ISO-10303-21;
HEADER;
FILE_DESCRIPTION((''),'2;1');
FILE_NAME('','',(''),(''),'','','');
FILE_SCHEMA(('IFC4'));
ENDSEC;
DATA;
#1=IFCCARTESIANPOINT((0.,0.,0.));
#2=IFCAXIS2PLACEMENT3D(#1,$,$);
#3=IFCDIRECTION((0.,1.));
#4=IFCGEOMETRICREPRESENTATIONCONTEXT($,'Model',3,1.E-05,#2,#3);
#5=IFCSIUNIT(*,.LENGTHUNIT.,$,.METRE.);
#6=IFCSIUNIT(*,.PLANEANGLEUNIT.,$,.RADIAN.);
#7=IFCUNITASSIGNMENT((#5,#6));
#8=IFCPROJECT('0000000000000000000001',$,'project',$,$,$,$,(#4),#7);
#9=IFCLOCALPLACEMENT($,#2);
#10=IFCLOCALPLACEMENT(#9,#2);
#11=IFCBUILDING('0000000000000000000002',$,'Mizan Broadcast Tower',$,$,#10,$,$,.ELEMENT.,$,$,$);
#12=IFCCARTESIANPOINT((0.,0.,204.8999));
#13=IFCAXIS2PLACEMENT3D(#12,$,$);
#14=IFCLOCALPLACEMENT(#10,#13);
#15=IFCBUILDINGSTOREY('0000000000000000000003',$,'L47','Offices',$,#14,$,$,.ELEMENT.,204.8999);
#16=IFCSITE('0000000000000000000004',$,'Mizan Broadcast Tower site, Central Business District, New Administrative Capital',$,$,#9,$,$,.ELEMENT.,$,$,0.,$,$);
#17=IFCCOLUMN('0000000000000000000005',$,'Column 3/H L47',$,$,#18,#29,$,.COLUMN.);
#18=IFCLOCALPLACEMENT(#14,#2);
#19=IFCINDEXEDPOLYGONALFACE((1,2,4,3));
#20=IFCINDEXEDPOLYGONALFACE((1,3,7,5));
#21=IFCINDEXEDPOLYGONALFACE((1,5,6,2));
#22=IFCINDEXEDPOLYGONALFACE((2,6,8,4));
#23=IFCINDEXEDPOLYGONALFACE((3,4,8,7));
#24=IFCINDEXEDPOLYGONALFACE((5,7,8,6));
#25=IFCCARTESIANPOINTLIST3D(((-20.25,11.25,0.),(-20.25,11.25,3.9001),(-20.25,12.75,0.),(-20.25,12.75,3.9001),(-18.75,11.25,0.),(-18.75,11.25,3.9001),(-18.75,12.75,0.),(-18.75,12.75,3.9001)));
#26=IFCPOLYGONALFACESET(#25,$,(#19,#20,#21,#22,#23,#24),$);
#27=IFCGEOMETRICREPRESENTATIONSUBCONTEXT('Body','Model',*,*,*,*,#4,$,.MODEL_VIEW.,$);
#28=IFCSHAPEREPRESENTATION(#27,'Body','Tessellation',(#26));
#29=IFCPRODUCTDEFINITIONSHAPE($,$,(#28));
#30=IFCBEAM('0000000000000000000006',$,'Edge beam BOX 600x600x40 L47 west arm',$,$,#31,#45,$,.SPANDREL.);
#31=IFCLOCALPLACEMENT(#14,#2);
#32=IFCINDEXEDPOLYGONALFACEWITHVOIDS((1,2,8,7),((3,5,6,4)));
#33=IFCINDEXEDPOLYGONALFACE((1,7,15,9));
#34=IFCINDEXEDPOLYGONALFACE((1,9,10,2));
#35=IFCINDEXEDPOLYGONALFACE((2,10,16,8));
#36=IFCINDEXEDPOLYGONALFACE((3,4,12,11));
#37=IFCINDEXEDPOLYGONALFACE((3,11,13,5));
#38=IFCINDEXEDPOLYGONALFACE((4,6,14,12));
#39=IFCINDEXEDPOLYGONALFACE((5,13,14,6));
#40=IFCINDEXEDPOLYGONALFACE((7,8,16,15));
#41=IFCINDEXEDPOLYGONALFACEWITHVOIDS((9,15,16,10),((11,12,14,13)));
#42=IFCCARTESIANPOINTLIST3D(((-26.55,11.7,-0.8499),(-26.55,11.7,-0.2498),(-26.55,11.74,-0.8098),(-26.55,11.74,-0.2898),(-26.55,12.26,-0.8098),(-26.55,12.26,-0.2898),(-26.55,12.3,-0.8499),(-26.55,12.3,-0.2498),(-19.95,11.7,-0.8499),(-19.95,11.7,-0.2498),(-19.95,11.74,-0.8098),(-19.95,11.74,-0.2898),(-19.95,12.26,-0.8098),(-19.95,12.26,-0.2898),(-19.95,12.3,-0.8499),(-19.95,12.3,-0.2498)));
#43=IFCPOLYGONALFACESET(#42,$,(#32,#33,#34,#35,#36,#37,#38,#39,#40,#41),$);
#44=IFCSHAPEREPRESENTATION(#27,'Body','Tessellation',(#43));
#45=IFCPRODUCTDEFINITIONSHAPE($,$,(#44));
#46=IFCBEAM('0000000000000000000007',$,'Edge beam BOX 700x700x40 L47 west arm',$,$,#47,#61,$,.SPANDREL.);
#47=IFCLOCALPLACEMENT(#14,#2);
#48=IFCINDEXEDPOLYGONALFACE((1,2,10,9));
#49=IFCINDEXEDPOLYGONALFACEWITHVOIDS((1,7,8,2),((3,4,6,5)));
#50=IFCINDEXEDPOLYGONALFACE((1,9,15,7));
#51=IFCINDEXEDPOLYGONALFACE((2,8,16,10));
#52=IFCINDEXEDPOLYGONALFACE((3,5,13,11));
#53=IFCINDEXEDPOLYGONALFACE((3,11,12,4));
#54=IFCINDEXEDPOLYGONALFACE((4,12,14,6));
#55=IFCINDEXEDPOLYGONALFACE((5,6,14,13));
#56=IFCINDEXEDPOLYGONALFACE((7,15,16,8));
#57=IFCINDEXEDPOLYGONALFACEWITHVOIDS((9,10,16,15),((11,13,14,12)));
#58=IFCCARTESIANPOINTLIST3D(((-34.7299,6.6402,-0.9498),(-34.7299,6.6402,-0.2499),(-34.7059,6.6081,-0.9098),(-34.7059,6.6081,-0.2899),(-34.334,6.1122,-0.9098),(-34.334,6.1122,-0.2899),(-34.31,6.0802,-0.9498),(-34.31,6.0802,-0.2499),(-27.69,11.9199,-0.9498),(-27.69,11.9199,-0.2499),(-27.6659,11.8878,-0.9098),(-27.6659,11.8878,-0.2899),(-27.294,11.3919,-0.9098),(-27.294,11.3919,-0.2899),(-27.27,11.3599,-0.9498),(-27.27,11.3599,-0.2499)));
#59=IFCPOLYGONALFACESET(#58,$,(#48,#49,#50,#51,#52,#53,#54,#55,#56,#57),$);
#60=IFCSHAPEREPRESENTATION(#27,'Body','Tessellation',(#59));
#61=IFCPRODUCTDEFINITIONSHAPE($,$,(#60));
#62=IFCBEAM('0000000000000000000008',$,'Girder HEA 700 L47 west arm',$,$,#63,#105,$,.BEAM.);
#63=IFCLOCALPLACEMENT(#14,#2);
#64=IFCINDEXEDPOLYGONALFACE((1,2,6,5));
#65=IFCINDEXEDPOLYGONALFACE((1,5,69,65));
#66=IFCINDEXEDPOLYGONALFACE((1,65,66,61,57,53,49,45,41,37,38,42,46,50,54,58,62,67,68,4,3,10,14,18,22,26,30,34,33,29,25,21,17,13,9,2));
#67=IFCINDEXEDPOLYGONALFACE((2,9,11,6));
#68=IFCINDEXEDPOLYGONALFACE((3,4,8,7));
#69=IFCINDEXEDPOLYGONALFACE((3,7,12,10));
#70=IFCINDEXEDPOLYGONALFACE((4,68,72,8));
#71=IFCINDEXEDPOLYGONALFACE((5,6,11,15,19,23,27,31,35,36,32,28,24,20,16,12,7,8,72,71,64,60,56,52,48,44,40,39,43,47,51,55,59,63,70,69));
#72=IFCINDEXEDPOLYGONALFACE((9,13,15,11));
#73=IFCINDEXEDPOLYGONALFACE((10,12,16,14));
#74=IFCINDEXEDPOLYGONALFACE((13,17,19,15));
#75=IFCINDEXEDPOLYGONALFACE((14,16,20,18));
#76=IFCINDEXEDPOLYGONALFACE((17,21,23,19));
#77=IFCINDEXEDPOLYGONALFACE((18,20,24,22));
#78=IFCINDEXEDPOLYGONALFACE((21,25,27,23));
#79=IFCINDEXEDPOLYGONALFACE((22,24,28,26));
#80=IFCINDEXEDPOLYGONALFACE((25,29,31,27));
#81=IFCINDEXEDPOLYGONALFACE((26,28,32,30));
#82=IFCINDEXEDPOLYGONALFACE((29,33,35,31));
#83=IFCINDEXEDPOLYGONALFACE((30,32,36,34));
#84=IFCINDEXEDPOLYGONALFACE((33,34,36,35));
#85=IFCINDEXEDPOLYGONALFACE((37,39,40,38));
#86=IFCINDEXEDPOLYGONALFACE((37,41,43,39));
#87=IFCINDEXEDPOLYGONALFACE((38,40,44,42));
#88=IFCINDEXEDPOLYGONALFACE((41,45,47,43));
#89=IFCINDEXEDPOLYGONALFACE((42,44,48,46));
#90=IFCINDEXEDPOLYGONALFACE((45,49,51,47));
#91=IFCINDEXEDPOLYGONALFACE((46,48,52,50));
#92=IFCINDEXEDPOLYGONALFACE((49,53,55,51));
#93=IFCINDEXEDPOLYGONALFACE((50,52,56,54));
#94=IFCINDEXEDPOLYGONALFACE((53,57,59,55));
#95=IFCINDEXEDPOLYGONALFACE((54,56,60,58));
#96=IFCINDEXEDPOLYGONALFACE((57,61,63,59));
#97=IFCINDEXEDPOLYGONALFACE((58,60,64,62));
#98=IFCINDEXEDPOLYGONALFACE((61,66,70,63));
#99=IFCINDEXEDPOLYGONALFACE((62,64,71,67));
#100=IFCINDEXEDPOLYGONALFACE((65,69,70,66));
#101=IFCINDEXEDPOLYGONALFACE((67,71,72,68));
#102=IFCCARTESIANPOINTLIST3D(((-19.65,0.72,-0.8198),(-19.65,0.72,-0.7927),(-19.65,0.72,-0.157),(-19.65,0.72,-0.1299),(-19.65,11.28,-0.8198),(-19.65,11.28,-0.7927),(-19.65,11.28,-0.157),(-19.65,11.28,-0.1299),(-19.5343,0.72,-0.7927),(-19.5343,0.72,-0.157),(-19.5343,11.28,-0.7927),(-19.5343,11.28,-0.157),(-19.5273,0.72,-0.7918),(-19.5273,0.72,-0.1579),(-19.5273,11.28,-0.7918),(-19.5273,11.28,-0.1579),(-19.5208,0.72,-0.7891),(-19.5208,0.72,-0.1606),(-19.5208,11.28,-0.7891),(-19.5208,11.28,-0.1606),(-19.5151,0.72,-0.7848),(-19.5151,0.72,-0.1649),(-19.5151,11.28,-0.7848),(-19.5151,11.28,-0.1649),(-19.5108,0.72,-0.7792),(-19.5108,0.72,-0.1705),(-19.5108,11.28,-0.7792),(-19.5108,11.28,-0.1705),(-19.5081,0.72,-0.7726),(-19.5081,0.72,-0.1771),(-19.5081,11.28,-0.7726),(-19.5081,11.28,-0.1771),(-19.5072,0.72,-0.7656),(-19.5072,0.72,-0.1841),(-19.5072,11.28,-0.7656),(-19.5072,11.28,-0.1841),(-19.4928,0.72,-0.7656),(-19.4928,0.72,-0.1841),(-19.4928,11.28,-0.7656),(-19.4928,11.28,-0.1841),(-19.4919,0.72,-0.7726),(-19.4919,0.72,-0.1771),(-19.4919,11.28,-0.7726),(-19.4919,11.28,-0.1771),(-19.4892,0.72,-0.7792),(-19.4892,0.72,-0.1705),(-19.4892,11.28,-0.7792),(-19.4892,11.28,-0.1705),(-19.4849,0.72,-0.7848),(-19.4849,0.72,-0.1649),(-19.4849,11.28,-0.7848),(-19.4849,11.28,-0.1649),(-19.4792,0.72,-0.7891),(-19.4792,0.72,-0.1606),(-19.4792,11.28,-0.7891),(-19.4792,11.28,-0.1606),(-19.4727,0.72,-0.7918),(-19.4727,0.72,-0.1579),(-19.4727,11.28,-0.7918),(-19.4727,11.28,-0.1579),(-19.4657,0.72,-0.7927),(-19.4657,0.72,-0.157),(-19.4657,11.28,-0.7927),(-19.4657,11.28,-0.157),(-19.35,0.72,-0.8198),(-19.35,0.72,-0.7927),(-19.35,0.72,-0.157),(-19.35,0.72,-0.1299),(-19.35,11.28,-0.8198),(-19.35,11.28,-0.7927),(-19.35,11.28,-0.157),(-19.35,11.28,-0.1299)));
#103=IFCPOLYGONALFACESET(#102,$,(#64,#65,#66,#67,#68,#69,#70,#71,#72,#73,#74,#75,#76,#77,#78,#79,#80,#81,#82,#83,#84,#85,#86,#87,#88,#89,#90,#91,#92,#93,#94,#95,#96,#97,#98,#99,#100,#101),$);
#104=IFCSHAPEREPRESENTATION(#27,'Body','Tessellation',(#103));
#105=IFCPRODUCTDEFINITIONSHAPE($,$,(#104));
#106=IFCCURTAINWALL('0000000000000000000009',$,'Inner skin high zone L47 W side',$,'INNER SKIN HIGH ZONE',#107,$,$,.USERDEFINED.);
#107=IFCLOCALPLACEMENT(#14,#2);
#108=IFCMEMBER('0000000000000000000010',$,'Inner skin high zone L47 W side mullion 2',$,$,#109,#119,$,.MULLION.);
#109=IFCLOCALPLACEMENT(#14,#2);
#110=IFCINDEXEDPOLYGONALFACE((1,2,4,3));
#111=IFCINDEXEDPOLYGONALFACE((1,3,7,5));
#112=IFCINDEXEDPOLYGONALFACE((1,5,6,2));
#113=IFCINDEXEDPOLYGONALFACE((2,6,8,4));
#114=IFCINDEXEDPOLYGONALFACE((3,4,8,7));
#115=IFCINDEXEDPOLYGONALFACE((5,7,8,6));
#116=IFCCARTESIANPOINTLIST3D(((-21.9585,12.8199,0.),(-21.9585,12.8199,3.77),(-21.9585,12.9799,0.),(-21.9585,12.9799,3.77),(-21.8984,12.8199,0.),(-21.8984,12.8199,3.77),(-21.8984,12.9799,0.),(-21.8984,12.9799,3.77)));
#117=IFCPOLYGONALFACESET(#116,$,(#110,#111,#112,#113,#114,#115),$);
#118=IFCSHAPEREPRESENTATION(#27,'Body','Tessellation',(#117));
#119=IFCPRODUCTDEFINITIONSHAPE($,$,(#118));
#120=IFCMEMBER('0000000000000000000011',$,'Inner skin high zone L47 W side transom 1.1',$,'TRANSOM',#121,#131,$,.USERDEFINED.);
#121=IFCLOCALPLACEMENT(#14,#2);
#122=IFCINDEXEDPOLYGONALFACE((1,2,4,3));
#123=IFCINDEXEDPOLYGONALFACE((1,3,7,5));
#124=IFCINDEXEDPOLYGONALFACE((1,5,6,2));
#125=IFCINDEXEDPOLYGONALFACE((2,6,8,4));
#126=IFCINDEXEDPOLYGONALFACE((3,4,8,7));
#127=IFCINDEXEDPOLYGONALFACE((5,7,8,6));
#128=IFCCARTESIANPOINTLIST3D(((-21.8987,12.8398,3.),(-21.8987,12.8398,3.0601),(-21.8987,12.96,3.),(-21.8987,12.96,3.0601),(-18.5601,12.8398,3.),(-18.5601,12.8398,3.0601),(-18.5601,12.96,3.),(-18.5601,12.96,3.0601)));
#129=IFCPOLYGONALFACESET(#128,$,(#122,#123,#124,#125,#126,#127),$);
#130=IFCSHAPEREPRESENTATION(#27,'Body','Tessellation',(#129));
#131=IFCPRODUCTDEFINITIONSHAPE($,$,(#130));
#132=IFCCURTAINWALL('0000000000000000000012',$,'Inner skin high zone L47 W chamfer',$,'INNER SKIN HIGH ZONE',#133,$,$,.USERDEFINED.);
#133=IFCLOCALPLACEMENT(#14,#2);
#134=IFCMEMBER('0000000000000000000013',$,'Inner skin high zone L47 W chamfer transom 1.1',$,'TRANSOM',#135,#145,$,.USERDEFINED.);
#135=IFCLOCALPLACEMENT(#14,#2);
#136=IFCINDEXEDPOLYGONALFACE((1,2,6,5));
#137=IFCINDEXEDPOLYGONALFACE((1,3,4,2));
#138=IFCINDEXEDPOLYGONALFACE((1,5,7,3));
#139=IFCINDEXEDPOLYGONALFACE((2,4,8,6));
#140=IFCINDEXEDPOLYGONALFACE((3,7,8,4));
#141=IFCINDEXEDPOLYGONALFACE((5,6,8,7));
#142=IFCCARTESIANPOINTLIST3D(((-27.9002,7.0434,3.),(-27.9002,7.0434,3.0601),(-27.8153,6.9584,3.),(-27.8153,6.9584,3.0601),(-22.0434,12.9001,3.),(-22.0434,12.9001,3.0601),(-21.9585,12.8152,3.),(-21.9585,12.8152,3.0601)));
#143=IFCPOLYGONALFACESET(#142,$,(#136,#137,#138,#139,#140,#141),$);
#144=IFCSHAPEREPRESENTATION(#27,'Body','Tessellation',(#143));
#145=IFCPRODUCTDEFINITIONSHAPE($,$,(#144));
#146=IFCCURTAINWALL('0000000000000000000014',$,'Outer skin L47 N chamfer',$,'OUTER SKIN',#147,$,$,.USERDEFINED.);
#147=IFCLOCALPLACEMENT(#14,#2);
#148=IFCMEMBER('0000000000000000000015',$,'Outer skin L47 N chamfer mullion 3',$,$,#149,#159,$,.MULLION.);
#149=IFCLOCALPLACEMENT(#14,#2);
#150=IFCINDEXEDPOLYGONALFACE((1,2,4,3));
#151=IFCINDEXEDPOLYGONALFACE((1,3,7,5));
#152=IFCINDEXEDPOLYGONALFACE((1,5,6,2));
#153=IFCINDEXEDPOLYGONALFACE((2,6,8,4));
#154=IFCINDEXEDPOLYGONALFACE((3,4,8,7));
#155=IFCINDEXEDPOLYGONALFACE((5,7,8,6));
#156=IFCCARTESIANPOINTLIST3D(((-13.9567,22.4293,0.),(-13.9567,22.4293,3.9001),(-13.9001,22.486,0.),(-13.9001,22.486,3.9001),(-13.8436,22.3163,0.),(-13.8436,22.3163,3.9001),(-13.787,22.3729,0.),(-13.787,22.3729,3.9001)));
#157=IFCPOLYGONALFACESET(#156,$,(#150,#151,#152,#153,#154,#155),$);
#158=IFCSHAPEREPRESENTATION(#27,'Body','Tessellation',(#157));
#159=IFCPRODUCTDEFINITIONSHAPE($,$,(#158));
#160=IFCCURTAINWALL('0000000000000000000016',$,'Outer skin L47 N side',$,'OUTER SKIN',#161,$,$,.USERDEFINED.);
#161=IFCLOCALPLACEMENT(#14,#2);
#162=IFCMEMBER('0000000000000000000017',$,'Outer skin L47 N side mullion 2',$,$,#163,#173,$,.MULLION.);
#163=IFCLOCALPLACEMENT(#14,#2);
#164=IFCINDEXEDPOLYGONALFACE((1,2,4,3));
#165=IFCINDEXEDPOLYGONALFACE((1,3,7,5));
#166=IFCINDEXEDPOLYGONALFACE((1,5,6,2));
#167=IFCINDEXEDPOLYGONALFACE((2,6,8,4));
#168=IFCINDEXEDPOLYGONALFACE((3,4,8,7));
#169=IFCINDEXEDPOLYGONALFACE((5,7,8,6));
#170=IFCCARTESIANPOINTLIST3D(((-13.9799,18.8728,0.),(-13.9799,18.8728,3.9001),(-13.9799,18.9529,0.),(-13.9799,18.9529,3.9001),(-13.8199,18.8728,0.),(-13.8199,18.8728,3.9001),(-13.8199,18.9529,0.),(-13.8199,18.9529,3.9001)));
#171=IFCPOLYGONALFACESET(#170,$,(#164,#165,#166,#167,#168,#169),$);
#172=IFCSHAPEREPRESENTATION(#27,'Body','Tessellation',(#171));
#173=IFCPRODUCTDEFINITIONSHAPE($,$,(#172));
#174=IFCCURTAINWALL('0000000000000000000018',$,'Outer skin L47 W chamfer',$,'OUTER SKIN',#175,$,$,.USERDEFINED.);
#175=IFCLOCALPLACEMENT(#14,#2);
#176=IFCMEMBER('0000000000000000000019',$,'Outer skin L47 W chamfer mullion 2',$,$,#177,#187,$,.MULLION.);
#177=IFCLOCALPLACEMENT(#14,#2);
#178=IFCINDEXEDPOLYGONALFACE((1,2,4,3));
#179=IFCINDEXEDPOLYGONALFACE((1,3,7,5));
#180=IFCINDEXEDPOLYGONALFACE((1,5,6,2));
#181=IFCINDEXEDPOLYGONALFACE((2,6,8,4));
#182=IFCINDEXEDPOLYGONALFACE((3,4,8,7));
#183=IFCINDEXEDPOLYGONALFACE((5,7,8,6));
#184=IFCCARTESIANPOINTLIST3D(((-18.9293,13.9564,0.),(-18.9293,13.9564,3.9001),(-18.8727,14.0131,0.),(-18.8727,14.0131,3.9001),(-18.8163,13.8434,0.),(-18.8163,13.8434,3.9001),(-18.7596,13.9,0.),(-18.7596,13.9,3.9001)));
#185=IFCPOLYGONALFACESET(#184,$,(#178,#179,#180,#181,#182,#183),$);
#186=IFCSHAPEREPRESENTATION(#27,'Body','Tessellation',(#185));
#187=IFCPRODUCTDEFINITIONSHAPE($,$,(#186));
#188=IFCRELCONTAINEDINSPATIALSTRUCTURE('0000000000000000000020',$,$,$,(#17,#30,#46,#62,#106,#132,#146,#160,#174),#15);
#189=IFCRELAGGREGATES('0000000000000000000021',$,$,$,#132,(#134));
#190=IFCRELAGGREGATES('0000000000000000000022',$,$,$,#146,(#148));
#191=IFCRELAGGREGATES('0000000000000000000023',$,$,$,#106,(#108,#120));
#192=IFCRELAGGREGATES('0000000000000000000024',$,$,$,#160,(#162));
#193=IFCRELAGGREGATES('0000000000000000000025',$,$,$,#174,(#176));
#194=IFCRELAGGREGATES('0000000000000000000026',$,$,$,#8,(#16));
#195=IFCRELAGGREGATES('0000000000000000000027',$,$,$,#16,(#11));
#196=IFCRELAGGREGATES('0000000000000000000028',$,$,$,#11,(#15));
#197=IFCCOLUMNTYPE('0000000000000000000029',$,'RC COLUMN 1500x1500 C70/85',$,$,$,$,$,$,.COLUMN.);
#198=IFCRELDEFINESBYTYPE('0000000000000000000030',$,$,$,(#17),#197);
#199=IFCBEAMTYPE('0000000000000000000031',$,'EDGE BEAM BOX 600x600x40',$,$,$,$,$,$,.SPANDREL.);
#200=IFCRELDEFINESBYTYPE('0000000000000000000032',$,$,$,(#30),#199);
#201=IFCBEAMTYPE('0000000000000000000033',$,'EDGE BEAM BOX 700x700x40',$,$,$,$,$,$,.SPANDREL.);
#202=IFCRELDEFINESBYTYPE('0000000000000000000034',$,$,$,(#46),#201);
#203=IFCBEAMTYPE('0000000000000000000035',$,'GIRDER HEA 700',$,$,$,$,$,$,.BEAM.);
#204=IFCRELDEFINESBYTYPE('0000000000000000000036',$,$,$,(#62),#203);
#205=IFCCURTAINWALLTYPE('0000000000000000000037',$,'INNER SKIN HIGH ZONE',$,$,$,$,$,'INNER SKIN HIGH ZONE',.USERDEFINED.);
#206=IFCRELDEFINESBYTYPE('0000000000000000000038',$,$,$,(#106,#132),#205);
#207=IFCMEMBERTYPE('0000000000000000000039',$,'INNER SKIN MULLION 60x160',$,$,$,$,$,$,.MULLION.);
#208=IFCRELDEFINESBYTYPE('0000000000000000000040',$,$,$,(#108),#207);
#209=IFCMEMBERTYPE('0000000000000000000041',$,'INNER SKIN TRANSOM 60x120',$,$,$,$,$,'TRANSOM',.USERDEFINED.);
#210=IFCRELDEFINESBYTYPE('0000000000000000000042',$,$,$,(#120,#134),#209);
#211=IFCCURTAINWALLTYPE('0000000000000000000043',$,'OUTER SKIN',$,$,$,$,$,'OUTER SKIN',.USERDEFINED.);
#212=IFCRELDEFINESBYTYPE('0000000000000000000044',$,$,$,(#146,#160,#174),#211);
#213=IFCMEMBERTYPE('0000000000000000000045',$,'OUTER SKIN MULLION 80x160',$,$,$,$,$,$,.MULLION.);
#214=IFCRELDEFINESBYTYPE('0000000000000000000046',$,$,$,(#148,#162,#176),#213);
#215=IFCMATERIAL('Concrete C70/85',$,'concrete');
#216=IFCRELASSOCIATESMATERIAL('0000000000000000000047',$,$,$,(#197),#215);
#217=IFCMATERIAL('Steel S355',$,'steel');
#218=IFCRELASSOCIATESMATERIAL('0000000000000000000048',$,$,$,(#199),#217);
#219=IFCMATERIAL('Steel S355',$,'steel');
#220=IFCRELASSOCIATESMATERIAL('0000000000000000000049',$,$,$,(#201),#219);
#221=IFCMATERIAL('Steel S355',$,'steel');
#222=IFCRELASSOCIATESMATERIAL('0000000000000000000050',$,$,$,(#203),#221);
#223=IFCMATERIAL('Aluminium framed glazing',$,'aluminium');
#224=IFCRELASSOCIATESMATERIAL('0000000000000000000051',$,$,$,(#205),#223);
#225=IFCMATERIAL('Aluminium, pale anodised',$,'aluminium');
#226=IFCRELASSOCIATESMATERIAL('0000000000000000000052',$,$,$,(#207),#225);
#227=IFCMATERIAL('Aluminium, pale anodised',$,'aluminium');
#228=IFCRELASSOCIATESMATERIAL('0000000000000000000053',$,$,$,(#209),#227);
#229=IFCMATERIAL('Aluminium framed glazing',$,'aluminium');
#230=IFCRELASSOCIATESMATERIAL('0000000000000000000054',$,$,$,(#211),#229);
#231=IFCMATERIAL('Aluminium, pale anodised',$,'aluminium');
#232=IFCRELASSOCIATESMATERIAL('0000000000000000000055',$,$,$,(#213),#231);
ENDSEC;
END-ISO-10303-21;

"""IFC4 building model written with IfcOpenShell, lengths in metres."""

from ifc_helpers import new_model, si_unit, direction, frame, origin, origin_2d, place, context, subcontext, project, spatial, rectangle, hollow_rectangle, i_section, extrude, material, material_profile, profile_set, type_object, element, aggregate, save


model = new_model("IFC4")

# Units and contexts
model_context = context("Model", 3, precision=1e-05, world=origin(), true_north=direction((0.0, 1.0)))
body_context = subcontext(model_context, "Body", "Model", "MODEL_VIEW")
ifc_project = project(units=[si_unit("LENGTHUNIT", "METRE"), si_unit("PLANEANGLEUNIT", "RADIAN")], contexts=[model_context])

# Site, building, storey
site_placement = place(None, origin())
site = spatial("IfcSite", under=ifc_project, at=site_placement, Name="Mizan Broadcast Tower site, Central Business District, New Administrative Capital", CompositionType="ELEMENT", RefElevation=0.0)
building_placement = place(site_placement, origin())
building = spatial("IfcBuilding", under=site, at=building_placement, Name="Mizan Broadcast Tower", CompositionType="ELEMENT")
storey_placement = place(building_placement, frame((0.0, 0.0, 204.8999)))
storey = spatial("IfcBuildingStorey", under=building, at=storey_placement, Name="L47", Description="Offices", CompositionType="ELEMENT", Elevation=204.8999)

# Column
ifc_material_1 = material(Name="Concrete C70/85", Category="concrete")
ifc_material_profile_1 = material_profile(ifc_material_1, rectangle(XDim=1.5, YDim=1.5, at=origin_2d()), Name="RC 1500x1500")
ifc_profile_set_1 = profile_set([ifc_material_profile_1], Name="Concrete C70/85")
column_type = type_object("IfcColumnType", Name="RC COLUMN 1500x1500 C70/85", PredefinedType="COLUMN", material=ifc_profile_set_1)
column_placement = place(storey_placement, frame((-19.5, 12.0, 0.0), z_axis=(0.0, 0.0, 1.0), x_axis=(1.0, 0.0, 0.0)))
element("IfcColumn", 1, at=column_placement, inside=storey, type_object=column_type, Name="Column 3/H L47", PredefinedType="COLUMN", context=body_context, shape_type="SweptSolid", body=[
    extrude(rectangle(XDim=1.5, YDim=1.5, at=origin_2d()), origin(), (0.0, 0.0, 1.0), 3.9001),
])

# Beams
ifc_material_2 = material(Name="Steel S355", Category="steel")
ifc_material_profile_2 = material_profile(ifc_material_2, hollow_rectangle(XDim=0.6001, YDim=0.6001, WallThickness=0.04, at=origin_2d()), Name="BOX 600x600x40")
ifc_profile_set_2 = profile_set([ifc_material_profile_2], Name="Steel S355")
beam_type_1 = type_object("IfcBeamType", Name="EDGE BEAM BOX 600x600x40", PredefinedType="SPANDREL", material=ifc_profile_set_2)
beam_1_placement = place(storey_placement, frame((-19.95, 12.0, -0.5498), z_axis=(-1.0, 0.0, 0.0), x_axis=(0.0, -1.0, 0.0)))
element("IfcBeam", 2, at=beam_1_placement, inside=storey, type_object=beam_type_1, Name="Edge beam BOX 600x600x40 L47 west arm", PredefinedType="SPANDREL", context=body_context, shape_type="SweptSolid", body=[
    extrude(hollow_rectangle(XDim=0.6001, YDim=0.6001, WallThickness=0.04, at=origin_2d()), origin(), (0.0, 0.0, 1.0), 6.6001),
])
ifc_material_3 = material(Name="Steel S355", Category="steel")
ifc_material_profile_3 = material_profile(ifc_material_3, hollow_rectangle(XDim=0.7, YDim=0.7, WallThickness=0.04, at=origin_2d()), Name="BOX 700x700x40")
ifc_profile_set_3 = profile_set([ifc_material_profile_3], Name="Steel S355")
beam_type_2 = type_object("IfcBeamType", Name="EDGE BEAM BOX 700x700x40", PredefinedType="SPANDREL", material=ifc_profile_set_3)
beam_2_placement = place(storey_placement, frame((-27.48, 11.6399, -0.5999), z_axis=(-0.800013, -0.599982, 0.0), x_axis=(0.599982, -0.800013, 0.0)))
element("IfcBeam", 3, at=beam_2_placement, inside=storey, type_object=beam_type_2, Name="Edge beam BOX 700x700x40 L47 west arm", PredefinedType="SPANDREL", context=body_context, shape_type="SweptSolid", body=[
    extrude(hollow_rectangle(XDim=0.7, YDim=0.7, WallThickness=0.04, at=origin_2d()), origin(), (0.0, 0.0, 1.0), 8.7998),
])
ifc_material_4 = material(Name="Steel S355", Category="steel")
ifc_material_profile_4 = material_profile(ifc_material_4, i_section(OverallWidth=0.3, OverallDepth=0.6899, WebThickness=0.0144, FlangeThickness=0.0271, FilletRadius=0.0271, at=origin_2d()), Name="HEA 700")
ifc_profile_set_4 = profile_set([ifc_material_profile_4], Name="Steel S355")
beam_type_3 = type_object("IfcBeamType", Name="GIRDER HEA 700", PredefinedType="BEAM", material=ifc_profile_set_4)
beam_3_placement = place(storey_placement, frame((-19.5, 11.28, -0.4749), z_axis=(0.0, -1.0, 0.0), x_axis=(1.0, 0.0, 0.0)))
element("IfcBeam", 4, at=beam_3_placement, inside=storey, type_object=beam_type_3, Name="Girder HEA 700 L47 west arm", PredefinedType="BEAM", context=body_context, shape_type="SweptSolid", body=[
    extrude(i_section(OverallWidth=0.3, OverallDepth=0.6899, WebThickness=0.0144, FlangeThickness=0.0271, FilletRadius=0.0271, at=origin_2d()), origin(), (0.0, 0.0, 1.0), 10.5601),
])

# Curtain wall, members
ifc_material_5 = material(Name="Aluminium framed glazing", Category="aluminium")
curtain_wall_type_1 = type_object("IfcCurtainWallType", Name="INNER SKIN HIGH ZONE", ElementType="INNER SKIN HIGH ZONE", PredefinedType="USERDEFINED", material=ifc_material_5)
curtain_wall_1_placement = place(storey_placement, origin())
curtain_wall_1 = element("IfcCurtainWall", 5, at=curtain_wall_1_placement, inside=storey, type_object=curtain_wall_type_1, Name="Inner skin high zone L47 W side", ObjectType="INNER SKIN HIGH ZONE", PredefinedType="USERDEFINED")
ifc_material_6 = material(Name="Aluminium, pale anodised", Category="aluminium")
ifc_material_profile_5 = material_profile(ifc_material_6, rectangle(XDim=0.1599, YDim=0.0601, at=origin_2d()), Name="MULLION 160x60")
ifc_profile_set_5 = profile_set([ifc_material_profile_5], Name="Aluminium, pale anodised")
member_type_1 = type_object("IfcMemberType", Name="INNER SKIN MULLION 60x160", PredefinedType="MULLION", material=ifc_profile_set_5)
member_1_placement = place(storey_placement, frame((-21.9285, 12.8999, 0.0), z_axis=(0.0, 0.0, 1.0), x_axis=(0.0, -1.0, 0.0)))
member_1 = element("IfcMember", 6, at=member_1_placement, type_object=member_type_1, Name="Inner skin high zone L47 W side mullion 2", PredefinedType="MULLION", context=body_context, shape_type="SweptSolid", body=[
    extrude(rectangle(XDim=0.1599, YDim=0.0601, at=origin_2d()), origin(), (0.0, 0.0, 1.0), 3.77),
])
ifc_material_7 = material(Name="Aluminium, pale anodised", Category="aluminium")
ifc_material_profile_6 = material_profile(ifc_material_7, rectangle(XDim=0.1201, YDim=0.0601, at=origin_2d()), Name="TRANSOM 120x60")
ifc_profile_set_6 = profile_set([ifc_material_profile_6], Name="Aluminium, pale anodised")
member_type_2 = type_object("IfcMemberType", Name="INNER SKIN TRANSOM 60x120", ElementType="TRANSOM", PredefinedType="USERDEFINED", material=ifc_profile_set_6)
member_2_placement = place(storey_placement, frame((-18.5601, 12.8999, 3.03), z_axis=(-1.0, 0.0, 0.0), x_axis=(0.0, -1.0, 0.0)))
member_2 = element("IfcMember", 7, at=member_2_placement, type_object=member_type_2, Name="Inner skin high zone L47 W side transom 1.1", ObjectType="TRANSOM", PredefinedType="USERDEFINED", context=body_context, shape_type="SweptSolid", body=[
    extrude(rectangle(XDim=0.1201, YDim=0.0601, at=origin_2d()), origin(), (0.0, 0.0, 1.0), 3.3386),
])

# Curtain walls, members
curtain_wall_2_placement = place(storey_placement, origin())
curtain_wall_2 = element("IfcCurtainWall", 8, at=curtain_wall_2_placement, inside=storey, type_object=curtain_wall_type_1, Name="Inner skin high zone L47 W chamfer", ObjectType="INNER SKIN HIGH ZONE", PredefinedType="USERDEFINED")
member_3_placement = place(storey_placement, frame((-22.001, 12.8577, 3.03), z_axis=(-0.707107, -0.707107, 0.0), x_axis=(0.707107, -0.707107, 0.0)))
member_3 = element("IfcMember", 9, at=member_3_placement, type_object=member_type_2, Name="Inner skin high zone L47 W chamfer transom 1.1", ObjectType="TRANSOM", PredefinedType="USERDEFINED", context=body_context, shape_type="SweptSolid", body=[
    extrude(rectangle(XDim=0.1201, YDim=0.0601, at=origin_2d()), origin(), (0.0, 0.0, 1.0), 8.2827),
])
aggregate(curtain_wall_2, [member_3])
ifc_material_8 = material(Name="Aluminium framed glazing", Category="aluminium")
curtain_wall_type_2 = type_object("IfcCurtainWallType", Name="OUTER SKIN", ElementType="OUTER SKIN", PredefinedType="USERDEFINED", material=ifc_material_8)
curtain_wall_3_placement = place(storey_placement, origin())
curtain_wall_3 = element("IfcCurtainWall", 10, at=curtain_wall_3_placement, inside=storey, type_object=curtain_wall_type_2, Name="Outer skin L47 N chamfer", ObjectType="OUTER SKIN", PredefinedType="USERDEFINED")
ifc_material_9 = material(Name="Aluminium, pale anodised", Category="aluminium")
ifc_material_profile_7 = material_profile(ifc_material_9, rectangle(XDim=0.1599, YDim=0.0801, at=origin_2d()), Name="MULLION 160x80")
ifc_profile_set_7 = profile_set([ifc_material_profile_7], Name="Aluminium, pale anodised")
member_type_3 = type_object("IfcMemberType", Name="OUTER SKIN MULLION 80x160", PredefinedType="MULLION", material=ifc_profile_set_7)
member_4_placement = place(storey_placement, frame((-13.8718, 22.4011, 0.0), z_axis=(0.0, 0.0, 1.0), x_axis=(0.707107, -0.707107, 0.0)))
member_4 = element("IfcMember", 11, at=member_4_placement, type_object=member_type_3, Name="Outer skin L47 N chamfer mullion 3", PredefinedType="MULLION", context=body_context, shape_type="SweptSolid", body=[
    extrude(rectangle(XDim=0.1599, YDim=0.0801, at=origin_2d()), origin(), (0.0, 0.0, 1.0), 3.9001),
])
aggregate(curtain_wall_3, [member_4])
curtain_wall_4_placement = place(storey_placement, origin())
curtain_wall_4 = element("IfcCurtainWall", 12, at=curtain_wall_4_placement, inside=storey, type_object=curtain_wall_type_2, Name="Outer skin L47 N side", ObjectType="OUTER SKIN", PredefinedType="USERDEFINED")
member_5_placement = place(storey_placement, frame((-13.8999, 18.9128, 0.0), z_axis=(0.0, 0.0, 1.0), x_axis=(1.0, 0.0, 0.0)))
member_5 = element("IfcMember", 13, at=member_5_placement, type_object=member_type_3, Name="Outer skin L47 N side mullion 2", PredefinedType="MULLION", context=body_context, shape_type="SweptSolid", body=[
    extrude(rectangle(XDim=0.1599, YDim=0.0801, at=origin_2d()), origin(), (0.0, 0.0, 1.0), 3.9001),
])
curtain_wall_5_placement = place(storey_placement, origin())
curtain_wall_5 = element("IfcCurtainWall", 14, at=curtain_wall_5_placement, inside=storey, type_object=curtain_wall_type_2, Name="Outer skin L47 W chamfer", ObjectType="OUTER SKIN", PredefinedType="USERDEFINED")
member_6_placement = place(storey_placement, frame((-18.8445, 13.9282, 0.0), z_axis=(0.0, 0.0, 1.0), x_axis=(0.707107, -0.707107, 0.0)))
member_6 = element("IfcMember", 15, at=member_6_placement, type_object=member_type_3, Name="Outer skin L47 W chamfer mullion 2", PredefinedType="MULLION", context=body_context, shape_type="SweptSolid", body=[
    extrude(rectangle(XDim=0.1599, YDim=0.0801, at=origin_2d()), origin(), (0.0, 0.0, 1.0), 3.9001),
])

aggregate(curtain_wall_1, [member_1, member_2])
aggregate(curtain_wall_4, [member_5])
aggregate(curtain_wall_5, [member_6])

save(model, "model.ifc")
